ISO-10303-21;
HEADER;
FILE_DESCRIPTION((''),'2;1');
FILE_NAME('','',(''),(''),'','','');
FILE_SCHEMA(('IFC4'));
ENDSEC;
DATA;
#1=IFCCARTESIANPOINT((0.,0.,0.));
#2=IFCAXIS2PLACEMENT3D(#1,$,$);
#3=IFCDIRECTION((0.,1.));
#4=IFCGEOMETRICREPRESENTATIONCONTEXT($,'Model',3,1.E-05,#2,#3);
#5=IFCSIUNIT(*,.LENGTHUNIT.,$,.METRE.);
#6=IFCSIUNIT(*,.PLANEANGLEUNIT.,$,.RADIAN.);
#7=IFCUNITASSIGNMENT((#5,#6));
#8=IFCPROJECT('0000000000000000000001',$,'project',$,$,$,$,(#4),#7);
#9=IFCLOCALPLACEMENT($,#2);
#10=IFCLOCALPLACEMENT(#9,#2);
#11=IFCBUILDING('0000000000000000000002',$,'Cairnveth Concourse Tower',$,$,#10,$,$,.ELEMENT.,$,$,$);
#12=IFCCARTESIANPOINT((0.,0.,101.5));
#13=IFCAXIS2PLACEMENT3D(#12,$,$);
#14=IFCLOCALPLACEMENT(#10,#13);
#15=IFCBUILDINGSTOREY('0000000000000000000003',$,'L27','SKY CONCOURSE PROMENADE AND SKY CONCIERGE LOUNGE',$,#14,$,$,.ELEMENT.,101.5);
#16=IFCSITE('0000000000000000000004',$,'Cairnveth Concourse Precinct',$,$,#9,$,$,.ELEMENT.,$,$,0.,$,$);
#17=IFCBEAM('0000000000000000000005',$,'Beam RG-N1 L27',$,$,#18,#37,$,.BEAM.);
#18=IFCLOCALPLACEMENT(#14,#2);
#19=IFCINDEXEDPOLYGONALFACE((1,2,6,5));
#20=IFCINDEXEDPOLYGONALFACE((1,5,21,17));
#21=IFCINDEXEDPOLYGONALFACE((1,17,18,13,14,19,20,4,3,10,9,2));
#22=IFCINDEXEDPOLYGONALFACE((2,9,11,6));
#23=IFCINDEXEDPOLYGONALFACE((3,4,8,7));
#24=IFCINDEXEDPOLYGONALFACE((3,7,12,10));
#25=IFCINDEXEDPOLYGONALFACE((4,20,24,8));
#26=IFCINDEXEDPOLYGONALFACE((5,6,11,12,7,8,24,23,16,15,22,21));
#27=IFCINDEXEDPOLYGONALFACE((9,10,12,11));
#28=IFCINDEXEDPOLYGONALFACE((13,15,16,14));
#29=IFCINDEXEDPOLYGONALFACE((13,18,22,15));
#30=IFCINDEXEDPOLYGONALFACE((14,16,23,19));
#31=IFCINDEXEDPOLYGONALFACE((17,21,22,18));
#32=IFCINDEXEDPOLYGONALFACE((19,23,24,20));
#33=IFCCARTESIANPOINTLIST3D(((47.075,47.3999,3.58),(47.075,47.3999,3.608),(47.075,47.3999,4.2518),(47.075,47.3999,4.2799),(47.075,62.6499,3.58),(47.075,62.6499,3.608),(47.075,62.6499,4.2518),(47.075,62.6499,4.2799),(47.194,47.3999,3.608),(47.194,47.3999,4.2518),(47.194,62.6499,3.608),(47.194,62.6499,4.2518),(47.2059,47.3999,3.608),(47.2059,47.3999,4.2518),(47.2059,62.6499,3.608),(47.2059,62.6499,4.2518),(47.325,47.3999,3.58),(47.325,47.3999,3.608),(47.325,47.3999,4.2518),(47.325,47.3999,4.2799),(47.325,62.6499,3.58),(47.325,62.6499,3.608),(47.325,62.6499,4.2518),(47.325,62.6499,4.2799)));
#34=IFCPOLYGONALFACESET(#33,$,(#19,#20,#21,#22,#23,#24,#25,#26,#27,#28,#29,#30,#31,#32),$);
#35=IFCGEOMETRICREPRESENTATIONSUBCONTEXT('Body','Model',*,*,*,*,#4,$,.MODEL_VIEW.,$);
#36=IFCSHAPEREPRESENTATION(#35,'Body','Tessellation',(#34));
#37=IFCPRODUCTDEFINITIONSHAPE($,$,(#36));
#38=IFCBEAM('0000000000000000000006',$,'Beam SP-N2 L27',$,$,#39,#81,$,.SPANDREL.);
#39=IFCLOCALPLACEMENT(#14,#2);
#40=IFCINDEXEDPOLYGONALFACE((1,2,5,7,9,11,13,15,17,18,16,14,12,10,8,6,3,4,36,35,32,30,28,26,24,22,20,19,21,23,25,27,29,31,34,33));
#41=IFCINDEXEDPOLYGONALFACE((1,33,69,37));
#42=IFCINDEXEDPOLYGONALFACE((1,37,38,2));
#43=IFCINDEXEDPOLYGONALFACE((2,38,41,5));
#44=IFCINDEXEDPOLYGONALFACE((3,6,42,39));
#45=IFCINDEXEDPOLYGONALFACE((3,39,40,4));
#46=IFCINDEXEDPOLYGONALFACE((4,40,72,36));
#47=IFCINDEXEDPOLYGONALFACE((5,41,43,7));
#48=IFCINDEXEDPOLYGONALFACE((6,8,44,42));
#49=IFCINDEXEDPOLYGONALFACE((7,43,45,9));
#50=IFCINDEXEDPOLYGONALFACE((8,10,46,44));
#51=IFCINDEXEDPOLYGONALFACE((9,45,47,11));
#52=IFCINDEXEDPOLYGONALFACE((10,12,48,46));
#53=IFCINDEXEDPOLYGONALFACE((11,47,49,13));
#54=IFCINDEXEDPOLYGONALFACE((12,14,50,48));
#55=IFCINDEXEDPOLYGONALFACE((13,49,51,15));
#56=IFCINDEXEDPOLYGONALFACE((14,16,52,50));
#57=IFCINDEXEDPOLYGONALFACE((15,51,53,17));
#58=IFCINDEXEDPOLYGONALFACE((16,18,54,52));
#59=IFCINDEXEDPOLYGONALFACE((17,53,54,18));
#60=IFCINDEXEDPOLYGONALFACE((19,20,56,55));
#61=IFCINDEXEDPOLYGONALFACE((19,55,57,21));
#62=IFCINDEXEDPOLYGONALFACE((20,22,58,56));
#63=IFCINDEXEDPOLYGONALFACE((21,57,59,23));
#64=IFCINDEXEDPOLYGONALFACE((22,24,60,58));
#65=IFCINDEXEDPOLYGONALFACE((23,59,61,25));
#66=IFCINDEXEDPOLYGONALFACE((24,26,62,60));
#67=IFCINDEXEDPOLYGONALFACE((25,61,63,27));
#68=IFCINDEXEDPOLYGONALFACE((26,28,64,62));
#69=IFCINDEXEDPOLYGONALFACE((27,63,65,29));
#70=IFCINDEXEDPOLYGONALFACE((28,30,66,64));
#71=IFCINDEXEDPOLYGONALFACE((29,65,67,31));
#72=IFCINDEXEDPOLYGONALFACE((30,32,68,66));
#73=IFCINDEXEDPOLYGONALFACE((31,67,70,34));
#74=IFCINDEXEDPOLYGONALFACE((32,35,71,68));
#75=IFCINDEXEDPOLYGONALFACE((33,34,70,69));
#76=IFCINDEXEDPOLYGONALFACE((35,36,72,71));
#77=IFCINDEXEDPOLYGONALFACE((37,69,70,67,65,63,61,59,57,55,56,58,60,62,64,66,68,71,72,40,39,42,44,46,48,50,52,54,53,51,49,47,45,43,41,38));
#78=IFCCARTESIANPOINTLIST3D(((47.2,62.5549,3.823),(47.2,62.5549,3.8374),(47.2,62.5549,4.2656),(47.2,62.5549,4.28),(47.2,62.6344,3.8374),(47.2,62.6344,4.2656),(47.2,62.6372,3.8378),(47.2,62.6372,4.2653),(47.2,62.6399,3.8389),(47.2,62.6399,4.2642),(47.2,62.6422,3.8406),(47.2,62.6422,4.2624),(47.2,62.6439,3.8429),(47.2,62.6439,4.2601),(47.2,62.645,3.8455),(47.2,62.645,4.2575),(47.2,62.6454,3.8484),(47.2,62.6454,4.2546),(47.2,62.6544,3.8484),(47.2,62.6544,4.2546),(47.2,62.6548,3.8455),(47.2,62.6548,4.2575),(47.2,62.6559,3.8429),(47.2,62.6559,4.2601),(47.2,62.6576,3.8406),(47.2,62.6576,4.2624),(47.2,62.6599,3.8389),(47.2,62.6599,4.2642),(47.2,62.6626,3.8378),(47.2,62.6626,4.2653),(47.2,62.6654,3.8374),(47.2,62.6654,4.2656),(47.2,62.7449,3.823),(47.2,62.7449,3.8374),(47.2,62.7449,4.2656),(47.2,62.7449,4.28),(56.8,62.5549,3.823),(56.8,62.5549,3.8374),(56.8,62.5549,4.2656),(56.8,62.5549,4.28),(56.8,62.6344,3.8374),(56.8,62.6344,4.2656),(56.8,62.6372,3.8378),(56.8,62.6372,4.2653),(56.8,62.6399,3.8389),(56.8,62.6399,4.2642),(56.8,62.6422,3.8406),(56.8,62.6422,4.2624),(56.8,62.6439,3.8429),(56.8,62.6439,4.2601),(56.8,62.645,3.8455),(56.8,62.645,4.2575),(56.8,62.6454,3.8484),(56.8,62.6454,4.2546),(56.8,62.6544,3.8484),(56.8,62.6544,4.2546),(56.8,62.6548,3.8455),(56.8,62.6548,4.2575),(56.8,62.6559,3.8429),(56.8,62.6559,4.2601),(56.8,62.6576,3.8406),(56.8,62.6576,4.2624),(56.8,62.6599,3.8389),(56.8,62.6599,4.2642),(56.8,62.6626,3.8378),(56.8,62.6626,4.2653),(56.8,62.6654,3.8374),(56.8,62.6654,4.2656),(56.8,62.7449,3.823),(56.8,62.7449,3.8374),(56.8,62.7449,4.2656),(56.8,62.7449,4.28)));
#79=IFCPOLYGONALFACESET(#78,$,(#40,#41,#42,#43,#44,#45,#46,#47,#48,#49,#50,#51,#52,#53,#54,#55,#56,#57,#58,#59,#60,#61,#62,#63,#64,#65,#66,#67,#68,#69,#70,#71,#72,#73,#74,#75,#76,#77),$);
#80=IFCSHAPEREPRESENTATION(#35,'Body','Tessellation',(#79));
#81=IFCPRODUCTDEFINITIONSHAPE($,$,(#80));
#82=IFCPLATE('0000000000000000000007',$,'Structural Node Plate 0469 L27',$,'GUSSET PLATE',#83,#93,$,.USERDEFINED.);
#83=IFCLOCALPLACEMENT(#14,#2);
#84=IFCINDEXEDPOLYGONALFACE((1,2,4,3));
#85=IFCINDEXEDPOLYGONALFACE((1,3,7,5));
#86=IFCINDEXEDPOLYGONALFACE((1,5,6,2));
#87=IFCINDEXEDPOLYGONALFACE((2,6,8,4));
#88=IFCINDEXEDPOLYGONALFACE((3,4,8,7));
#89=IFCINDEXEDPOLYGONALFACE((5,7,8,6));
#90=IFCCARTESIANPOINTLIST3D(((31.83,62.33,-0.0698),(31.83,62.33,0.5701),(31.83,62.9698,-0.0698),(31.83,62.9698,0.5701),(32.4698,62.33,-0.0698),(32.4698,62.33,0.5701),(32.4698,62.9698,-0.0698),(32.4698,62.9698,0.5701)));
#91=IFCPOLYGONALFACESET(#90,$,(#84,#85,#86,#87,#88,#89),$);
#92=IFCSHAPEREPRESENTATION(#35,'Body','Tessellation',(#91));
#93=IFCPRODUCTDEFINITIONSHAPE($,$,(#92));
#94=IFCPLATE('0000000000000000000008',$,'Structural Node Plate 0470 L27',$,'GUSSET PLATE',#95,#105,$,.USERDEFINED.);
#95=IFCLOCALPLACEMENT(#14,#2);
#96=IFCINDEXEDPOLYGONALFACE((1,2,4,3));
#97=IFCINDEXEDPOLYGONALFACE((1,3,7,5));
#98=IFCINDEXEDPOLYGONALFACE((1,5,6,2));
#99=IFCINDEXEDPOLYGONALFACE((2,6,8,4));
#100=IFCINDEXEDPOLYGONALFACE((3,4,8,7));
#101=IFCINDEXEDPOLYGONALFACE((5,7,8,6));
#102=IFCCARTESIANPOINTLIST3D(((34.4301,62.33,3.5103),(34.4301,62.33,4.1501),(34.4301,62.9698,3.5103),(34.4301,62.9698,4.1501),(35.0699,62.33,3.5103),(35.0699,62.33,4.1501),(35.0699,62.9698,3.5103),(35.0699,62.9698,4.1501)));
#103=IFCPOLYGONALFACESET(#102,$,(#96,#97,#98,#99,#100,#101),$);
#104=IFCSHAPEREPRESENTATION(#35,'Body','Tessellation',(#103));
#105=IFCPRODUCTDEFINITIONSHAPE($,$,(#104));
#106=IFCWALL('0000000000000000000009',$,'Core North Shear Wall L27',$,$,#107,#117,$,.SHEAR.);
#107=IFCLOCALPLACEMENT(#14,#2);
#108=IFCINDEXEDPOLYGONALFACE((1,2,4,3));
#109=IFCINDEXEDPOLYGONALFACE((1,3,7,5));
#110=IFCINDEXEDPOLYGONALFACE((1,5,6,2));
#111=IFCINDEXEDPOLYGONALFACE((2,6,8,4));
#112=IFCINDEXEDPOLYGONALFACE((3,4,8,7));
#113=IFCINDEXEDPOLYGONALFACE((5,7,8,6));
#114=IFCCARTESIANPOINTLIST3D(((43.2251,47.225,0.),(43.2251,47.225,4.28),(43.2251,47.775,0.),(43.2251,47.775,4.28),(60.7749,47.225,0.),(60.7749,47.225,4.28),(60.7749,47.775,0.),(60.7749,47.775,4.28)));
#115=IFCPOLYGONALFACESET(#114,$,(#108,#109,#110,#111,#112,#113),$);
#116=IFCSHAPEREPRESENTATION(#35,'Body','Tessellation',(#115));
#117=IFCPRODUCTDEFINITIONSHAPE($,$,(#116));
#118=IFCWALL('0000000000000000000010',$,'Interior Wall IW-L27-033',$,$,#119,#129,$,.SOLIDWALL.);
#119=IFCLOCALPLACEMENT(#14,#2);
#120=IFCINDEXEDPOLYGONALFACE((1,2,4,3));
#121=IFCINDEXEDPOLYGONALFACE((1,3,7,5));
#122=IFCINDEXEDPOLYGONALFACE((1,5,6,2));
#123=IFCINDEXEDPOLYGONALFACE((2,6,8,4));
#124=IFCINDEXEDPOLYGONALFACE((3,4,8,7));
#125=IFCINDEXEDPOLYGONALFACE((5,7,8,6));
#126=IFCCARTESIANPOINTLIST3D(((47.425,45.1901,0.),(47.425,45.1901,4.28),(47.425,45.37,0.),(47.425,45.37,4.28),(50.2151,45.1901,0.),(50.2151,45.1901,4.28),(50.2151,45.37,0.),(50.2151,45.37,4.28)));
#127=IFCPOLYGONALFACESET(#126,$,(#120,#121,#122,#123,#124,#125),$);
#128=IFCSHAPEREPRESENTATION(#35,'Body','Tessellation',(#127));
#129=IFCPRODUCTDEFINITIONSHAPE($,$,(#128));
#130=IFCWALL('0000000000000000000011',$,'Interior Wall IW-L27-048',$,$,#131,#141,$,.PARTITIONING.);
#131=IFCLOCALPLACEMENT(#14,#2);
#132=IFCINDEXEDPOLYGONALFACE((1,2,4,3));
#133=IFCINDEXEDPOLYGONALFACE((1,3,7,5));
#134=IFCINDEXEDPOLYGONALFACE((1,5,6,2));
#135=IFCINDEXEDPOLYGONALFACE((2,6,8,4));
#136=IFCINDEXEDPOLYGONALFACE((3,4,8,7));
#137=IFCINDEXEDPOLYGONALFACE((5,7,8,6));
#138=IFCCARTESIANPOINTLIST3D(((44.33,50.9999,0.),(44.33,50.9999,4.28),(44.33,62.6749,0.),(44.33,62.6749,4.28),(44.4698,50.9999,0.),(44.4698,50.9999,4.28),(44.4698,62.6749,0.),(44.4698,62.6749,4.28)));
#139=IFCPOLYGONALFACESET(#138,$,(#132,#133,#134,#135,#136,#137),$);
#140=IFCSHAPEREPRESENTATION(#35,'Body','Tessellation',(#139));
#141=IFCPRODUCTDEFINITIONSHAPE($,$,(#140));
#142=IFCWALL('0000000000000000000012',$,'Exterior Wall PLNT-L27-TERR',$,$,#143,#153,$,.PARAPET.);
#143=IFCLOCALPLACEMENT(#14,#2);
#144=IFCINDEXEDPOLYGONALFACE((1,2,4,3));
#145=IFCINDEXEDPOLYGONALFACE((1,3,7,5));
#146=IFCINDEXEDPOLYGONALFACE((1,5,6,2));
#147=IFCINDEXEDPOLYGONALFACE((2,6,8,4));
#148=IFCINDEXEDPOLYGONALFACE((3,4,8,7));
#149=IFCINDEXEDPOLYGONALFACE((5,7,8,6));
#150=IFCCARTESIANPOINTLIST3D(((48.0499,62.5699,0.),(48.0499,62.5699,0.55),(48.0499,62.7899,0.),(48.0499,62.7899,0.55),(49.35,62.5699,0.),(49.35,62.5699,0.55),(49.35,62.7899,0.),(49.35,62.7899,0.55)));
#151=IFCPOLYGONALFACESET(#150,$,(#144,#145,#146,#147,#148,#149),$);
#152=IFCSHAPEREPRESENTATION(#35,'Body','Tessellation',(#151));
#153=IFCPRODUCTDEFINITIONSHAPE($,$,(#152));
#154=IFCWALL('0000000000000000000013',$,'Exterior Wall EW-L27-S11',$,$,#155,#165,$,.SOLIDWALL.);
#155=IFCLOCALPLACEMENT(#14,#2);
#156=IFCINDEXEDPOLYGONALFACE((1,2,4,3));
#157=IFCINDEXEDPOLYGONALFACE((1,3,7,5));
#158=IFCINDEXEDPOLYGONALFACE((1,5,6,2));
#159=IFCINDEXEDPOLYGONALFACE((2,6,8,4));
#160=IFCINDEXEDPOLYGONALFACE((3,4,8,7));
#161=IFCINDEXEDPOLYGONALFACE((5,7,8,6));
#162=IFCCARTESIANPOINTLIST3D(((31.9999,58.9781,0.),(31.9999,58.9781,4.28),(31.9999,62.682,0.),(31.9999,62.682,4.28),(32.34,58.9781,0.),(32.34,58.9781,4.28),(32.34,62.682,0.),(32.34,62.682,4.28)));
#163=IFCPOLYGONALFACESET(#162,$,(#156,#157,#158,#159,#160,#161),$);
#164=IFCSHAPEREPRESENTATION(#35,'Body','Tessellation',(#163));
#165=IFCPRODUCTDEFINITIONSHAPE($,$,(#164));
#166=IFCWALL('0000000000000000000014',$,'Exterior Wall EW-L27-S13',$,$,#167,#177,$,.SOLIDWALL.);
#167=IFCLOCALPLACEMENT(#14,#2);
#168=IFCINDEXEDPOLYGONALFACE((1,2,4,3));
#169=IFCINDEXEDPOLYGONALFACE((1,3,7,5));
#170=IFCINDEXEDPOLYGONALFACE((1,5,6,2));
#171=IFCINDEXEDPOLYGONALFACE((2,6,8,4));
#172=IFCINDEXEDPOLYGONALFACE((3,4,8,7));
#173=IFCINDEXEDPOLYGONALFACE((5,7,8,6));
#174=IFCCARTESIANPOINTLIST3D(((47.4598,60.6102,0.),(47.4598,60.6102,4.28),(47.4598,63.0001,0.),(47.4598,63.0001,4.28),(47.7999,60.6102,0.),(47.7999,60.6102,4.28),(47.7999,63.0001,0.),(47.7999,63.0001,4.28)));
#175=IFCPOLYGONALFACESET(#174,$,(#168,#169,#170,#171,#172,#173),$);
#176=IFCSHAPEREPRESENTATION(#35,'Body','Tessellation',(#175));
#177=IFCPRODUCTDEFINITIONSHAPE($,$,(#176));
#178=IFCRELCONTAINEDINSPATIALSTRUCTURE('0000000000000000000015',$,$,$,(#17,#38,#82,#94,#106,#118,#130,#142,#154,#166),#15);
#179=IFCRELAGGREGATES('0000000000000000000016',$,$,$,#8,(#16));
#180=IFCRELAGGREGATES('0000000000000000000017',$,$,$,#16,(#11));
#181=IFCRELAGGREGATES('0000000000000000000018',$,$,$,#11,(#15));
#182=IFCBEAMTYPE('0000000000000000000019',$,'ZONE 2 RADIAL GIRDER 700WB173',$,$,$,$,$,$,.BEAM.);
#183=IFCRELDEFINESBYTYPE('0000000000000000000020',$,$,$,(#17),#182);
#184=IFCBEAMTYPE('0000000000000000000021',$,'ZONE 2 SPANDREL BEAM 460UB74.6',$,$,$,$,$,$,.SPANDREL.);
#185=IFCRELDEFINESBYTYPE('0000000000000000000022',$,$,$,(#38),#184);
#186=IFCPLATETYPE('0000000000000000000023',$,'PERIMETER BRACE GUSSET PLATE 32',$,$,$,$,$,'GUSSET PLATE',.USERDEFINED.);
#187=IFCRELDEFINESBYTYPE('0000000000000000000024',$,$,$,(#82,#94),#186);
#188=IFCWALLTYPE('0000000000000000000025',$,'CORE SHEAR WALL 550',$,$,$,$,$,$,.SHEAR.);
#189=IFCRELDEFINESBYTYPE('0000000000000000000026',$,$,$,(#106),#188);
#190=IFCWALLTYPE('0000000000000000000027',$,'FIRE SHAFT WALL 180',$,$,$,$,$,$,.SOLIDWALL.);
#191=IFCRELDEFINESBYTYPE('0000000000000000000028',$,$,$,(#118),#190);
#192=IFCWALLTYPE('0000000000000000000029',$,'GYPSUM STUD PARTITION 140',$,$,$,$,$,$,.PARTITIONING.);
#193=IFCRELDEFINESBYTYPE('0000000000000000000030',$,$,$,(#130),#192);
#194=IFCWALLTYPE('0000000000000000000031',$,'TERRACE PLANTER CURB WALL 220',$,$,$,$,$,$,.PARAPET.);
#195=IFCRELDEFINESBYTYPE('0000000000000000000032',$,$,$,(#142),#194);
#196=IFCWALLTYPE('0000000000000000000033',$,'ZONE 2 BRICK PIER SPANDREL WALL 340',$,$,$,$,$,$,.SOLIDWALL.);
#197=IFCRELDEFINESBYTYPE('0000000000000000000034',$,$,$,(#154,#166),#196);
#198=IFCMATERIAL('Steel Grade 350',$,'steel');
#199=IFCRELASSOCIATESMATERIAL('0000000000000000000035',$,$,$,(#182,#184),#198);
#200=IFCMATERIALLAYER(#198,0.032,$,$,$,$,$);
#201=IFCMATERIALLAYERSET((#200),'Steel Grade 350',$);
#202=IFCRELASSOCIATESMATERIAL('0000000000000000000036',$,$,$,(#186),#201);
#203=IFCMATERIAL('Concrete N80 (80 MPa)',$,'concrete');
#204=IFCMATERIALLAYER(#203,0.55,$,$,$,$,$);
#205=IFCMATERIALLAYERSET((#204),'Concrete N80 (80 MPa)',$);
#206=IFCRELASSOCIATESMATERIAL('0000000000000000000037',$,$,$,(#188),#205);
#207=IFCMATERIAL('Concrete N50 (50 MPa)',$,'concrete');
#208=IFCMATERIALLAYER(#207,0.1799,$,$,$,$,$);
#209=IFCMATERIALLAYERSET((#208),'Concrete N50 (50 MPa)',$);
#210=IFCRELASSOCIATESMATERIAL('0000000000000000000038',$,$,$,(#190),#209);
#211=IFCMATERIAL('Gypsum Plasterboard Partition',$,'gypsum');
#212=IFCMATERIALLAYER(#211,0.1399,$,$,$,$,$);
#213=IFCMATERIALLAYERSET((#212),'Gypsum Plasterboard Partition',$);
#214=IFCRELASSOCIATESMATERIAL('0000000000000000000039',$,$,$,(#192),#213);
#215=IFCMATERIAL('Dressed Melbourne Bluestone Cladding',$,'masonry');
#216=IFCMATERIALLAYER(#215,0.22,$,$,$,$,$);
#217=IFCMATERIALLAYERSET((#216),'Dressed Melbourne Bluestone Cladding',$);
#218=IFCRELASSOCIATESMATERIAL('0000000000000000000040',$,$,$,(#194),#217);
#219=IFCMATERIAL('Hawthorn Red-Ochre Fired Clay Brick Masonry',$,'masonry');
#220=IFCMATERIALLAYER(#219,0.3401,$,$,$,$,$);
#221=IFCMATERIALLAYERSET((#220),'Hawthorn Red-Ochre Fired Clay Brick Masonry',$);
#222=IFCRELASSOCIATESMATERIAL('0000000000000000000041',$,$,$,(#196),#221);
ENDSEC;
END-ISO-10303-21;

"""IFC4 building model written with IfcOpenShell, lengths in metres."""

from ifc_helpers import new_model, si_unit, direction, frame, frame_2d, origin, origin_2d, place, context, subcontext, project, spatial, rectangle, i_section, extrude, material, layer, layer_set, material_profile, profile_set, type_object, element, save


model = new_model("IFC4")

# Units and contexts
model_context = context("Model", 3, precision=1e-05, world=origin(), true_north=direction((0.0, 1.0)))
body_context = subcontext(model_context, "Body", "Model", "MODEL_VIEW")
ifc_project = project(units=[si_unit("LENGTHUNIT", "METRE"), si_unit("PLANEANGLEUNIT", "RADIAN")], contexts=[model_context])

# Site, building, storey
site_placement = place(None, origin())
site = spatial("IfcSite", under=ifc_project, at=site_placement, Name="Cairnveth Concourse Precinct", CompositionType="ELEMENT", RefElevation=0.0)
building_placement = place(site_placement, origin())
building = spatial("IfcBuilding", under=site, at=building_placement, Name="Cairnveth Concourse Tower", CompositionType="ELEMENT")
storey_placement = place(building_placement, frame((0.0, 0.0, 101.5)))
storey = spatial("IfcBuildingStorey", under=building, at=storey_placement, Name="L27", Description="SKY CONCOURSE PROMENADE AND SKY CONCIERGE LOUNGE", CompositionType="ELEMENT", Elevation=101.5)

# Beams
ifc_material_1 = material(Name="Steel Grade 350", Category="steel")
ifc_material_profile_1 = material_profile(ifc_material_1, i_section(OverallWidth=0.25, OverallDepth=0.7, WebThickness=0.012, FlangeThickness=0.0281, at=origin_2d()), Name="700WB173")
ifc_profile_set_1 = profile_set([ifc_material_profile_1], Name="Steel Grade 350")
beam_type_1 = type_object("IfcBeamType", Name="ZONE 2 RADIAL GIRDER 700WB173", PredefinedType="BEAM", material=ifc_profile_set_1)
beam_1_placement = place(storey_placement, frame((47.2, 47.3999, 3.9299), z_axis=(0.0, 1.0, 0.0), x_axis=(-1.0, 0.0, 0.0)))
element("IfcBeam", 1, at=beam_1_placement, inside=storey, type_object=beam_type_1, Name="Beam RG-N1 L27", PredefinedType="BEAM", context=body_context, shape_type="SweptSolid", body=[
    extrude(i_section(OverallWidth=0.25, OverallDepth=0.7, WebThickness=0.012, FlangeThickness=0.0281, at=origin_2d()), origin(), (0.0, 0.0, 1.0), 15.25),
])
ifc_material_profile_2 = material_profile(ifc_material_1, i_section(OverallWidth=0.1899, OverallDepth=0.457, WebThickness=0.009, FlangeThickness=0.0144, FilletRadius=0.011, at=origin_2d()), Name="460UB74.6")
ifc_profile_set_2 = profile_set([ifc_material_profile_2], Name="Steel Grade 350")
beam_type_2 = type_object("IfcBeamType", Name="ZONE 2 SPANDREL BEAM 460UB74.6", PredefinedType="SPANDREL", material=ifc_profile_set_2)
beam_2_placement = place(storey_placement, frame((47.2, 62.6499, 4.0515), z_axis=(1.0, 0.0, 0.0), x_axis=(0.0, 1.0, 0.0)))
element("IfcBeam", 2, at=beam_2_placement, inside=storey, type_object=beam_type_2, Name="Beam SP-N2 L27", PredefinedType="SPANDREL", context=body_context, shape_type="SweptSolid", body=[
    extrude(i_section(OverallWidth=0.1899, OverallDepth=0.457, WebThickness=0.009, FlangeThickness=0.0144, FilletRadius=0.011, at=origin_2d()), origin(), (0.0, 0.0, 1.0), 9.6001),
])

# Plates
ifc_layer_1 = layer(ifc_material_1, 0.032)
ifc_layer_set_1 = layer_set([ifc_layer_1], Name="Steel Grade 350")
plate_type = type_object("IfcPlateType", Name="PERIMETER BRACE GUSSET PLATE 32", ElementType="GUSSET PLATE", PredefinedType="USERDEFINED", material=ifc_layer_set_1)
for number, where, z_axis, x_axis, name in (
    (3, (32.1499, 62.6499, -0.0698), (0.0, 0.0, 1.0), (1.0, 0.0, 0.0), "Structural Node Plate 0469 L27"),
    (4, (34.75, 62.6499, 3.5103), (0.0, 0.0, 1.0), (1.0, 0.0, 0.0), "Structural Node Plate 0470 L27"),
):
    element("IfcPlate", number, at=place(storey_placement, frame(where, z_axis=z_axis, x_axis=x_axis)), inside=storey, type_object=plate_type, Name=name, ObjectType="GUSSET PLATE", PredefinedType="USERDEFINED", context=body_context, shape_type="SweptSolid", body=[
        extrude(rectangle(XDim=0.6399, YDim=0.6399, at=origin_2d()), origin(), (0.0, 0.0, 1.0), 0.6399),
    ])

# Walls
ifc_material_2 = material(Name="Concrete N80 (80 MPa)", Category="concrete")
ifc_layer_2 = layer(ifc_material_2, 0.55)
ifc_layer_set_2 = layer_set([ifc_layer_2], Name="Concrete N80 (80 MPa)")
wall_type_1 = type_object("IfcWallType", Name="CORE SHEAR WALL 550", PredefinedType="SHEAR", material=ifc_layer_set_2)
wall_1_placement = place(storey_placement, frame((43.2251, 47.5, 0.0), z_axis=(0.0, 0.0, 1.0), x_axis=(1.0, 0.0, 0.0)))
element("IfcWall", 5, at=wall_1_placement, inside=storey, type_object=wall_type_1, Name="Core North Shear Wall L27", PredefinedType="SHEAR", context=body_context, shape_type="SweptSolid", body=[
    extrude(rectangle(XDim=17.5498, YDim=0.55, at=frame_2d((8.7749, 0.0))), origin(), (0.0, 0.0, 1.0), 4.28),
])
ifc_material_3 = material(Name="Concrete N50 (50 MPa)", Category="concrete")
ifc_layer_3 = layer(ifc_material_3, 0.1799)
ifc_layer_set_3 = layer_set([ifc_layer_3], Name="Concrete N50 (50 MPa)")
wall_type_2 = type_object("IfcWallType", Name="FIRE SHAFT WALL 180", PredefinedType="SOLIDWALL", material=ifc_layer_set_3)
wall_2_placement = place(storey_placement, frame((47.425, 45.28, 0.0), z_axis=(0.0, 0.0, 1.0), x_axis=(1.0, 0.0, 0.0)))
element("IfcWall", 6, at=wall_2_placement, inside=storey, type_object=wall_type_2, Name="Interior Wall IW-L27-033", PredefinedType="SOLIDWALL", context=body_context, shape_type="SweptSolid", body=[
    extrude(rectangle(XDim=2.79, YDim=0.1799, at=frame_2d((1.395, 0.0))), origin(), (0.0, 0.0, 1.0), 4.28),
])
ifc_material_4 = material(Name="Gypsum Plasterboard Partition", Category="gypsum")
ifc_layer_4 = layer(ifc_material_4, 0.1399)
ifc_layer_set_4 = layer_set([ifc_layer_4], Name="Gypsum Plasterboard Partition")
wall_type_3 = type_object("IfcWallType", Name="GYPSUM STUD PARTITION 140", PredefinedType="PARTITIONING", material=ifc_layer_set_4)
wall_3_placement = place(storey_placement, frame((44.3999, 51.0, 0.0), z_axis=(0.0, 0.0, 1.0), x_axis=(0.0, 1.0, 0.0)))
element("IfcWall", 7, at=wall_3_placement, inside=storey, type_object=wall_type_3, Name="Interior Wall IW-L27-048", PredefinedType="PARTITIONING", context=body_context, shape_type="SweptSolid", body=[
    extrude(rectangle(XDim=11.675, YDim=0.1399, at=frame_2d((5.8374, 0.0))), origin(), (0.0, 0.0, 1.0), 4.28),
])
ifc_material_5 = material(Name="Dressed Melbourne Bluestone Cladding", Category="masonry")
ifc_layer_5 = layer(ifc_material_5, 0.22)
ifc_layer_set_5 = layer_set([ifc_layer_5], Name="Dressed Melbourne Bluestone Cladding")
wall_type_4 = type_object("IfcWallType", Name="TERRACE PLANTER CURB WALL 220", PredefinedType="PARAPET", material=ifc_layer_set_5)
wall_4_placement = place(storey_placement, frame((48.05, 62.6799, 0.0), z_axis=(0.0, 0.0, 1.0), x_axis=(1.0, 0.0, 0.0)))
element("IfcWall", 8, at=wall_4_placement, inside=storey, type_object=wall_type_4, Name="Exterior Wall PLNT-L27-TERR", PredefinedType="PARAPET", context=body_context, shape_type="SweptSolid", body=[
    extrude(rectangle(XDim=1.3, YDim=0.22, at=frame_2d((0.6499, 0.0))), origin(), (0.0, 0.0, 1.0), 0.55),
])
ifc_material_6 = material(Name="Hawthorn Red-Ochre Fired Clay Brick Masonry", Category="masonry")
ifc_layer_6 = layer(ifc_material_6, 0.3401)
ifc_layer_set_6 = layer_set([ifc_layer_6], Name="Hawthorn Red-Ochre Fired Clay Brick Masonry")
wall_type_5 = type_object("IfcWallType", Name="ZONE 2 BRICK PIER SPANDREL WALL 340", PredefinedType="SOLIDWALL", material=ifc_layer_set_6)
wall_5_placement = place(storey_placement, frame((32.1699, 58.978, 0.0), z_axis=(0.0, 0.0, 1.0), x_axis=(0.0, 1.0, 0.0)))
element("IfcWall", 9, at=wall_5_placement, inside=storey, type_object=wall_type_5, Name="Exterior Wall EW-L27-S11", PredefinedType="SOLIDWALL", context=body_context, shape_type="SweptSolid", body=[
    extrude(rectangle(XDim=3.7039, YDim=0.3401, at=frame_2d((1.8521, 0.0))), origin(), (0.0, 0.0, 1.0), 4.28),
])
wall_6_placement = place(storey_placement, frame((47.6299, 63.0, 0.0), z_axis=(0.0, 0.0, 1.0), x_axis=(0.0, -1.0, 0.0)))
element("IfcWall", 10, at=wall_6_placement, inside=storey, type_object=wall_type_5, Name="Exterior Wall EW-L27-S13", PredefinedType="SOLIDWALL", context=body_context, shape_type="SweptSolid", body=[
    extrude(rectangle(XDim=2.3899, YDim=0.3401, at=frame_2d((1.1948, 0.0))), origin(), (0.0, 0.0, 1.0), 4.28),
])

save(model, "model.ifc")
